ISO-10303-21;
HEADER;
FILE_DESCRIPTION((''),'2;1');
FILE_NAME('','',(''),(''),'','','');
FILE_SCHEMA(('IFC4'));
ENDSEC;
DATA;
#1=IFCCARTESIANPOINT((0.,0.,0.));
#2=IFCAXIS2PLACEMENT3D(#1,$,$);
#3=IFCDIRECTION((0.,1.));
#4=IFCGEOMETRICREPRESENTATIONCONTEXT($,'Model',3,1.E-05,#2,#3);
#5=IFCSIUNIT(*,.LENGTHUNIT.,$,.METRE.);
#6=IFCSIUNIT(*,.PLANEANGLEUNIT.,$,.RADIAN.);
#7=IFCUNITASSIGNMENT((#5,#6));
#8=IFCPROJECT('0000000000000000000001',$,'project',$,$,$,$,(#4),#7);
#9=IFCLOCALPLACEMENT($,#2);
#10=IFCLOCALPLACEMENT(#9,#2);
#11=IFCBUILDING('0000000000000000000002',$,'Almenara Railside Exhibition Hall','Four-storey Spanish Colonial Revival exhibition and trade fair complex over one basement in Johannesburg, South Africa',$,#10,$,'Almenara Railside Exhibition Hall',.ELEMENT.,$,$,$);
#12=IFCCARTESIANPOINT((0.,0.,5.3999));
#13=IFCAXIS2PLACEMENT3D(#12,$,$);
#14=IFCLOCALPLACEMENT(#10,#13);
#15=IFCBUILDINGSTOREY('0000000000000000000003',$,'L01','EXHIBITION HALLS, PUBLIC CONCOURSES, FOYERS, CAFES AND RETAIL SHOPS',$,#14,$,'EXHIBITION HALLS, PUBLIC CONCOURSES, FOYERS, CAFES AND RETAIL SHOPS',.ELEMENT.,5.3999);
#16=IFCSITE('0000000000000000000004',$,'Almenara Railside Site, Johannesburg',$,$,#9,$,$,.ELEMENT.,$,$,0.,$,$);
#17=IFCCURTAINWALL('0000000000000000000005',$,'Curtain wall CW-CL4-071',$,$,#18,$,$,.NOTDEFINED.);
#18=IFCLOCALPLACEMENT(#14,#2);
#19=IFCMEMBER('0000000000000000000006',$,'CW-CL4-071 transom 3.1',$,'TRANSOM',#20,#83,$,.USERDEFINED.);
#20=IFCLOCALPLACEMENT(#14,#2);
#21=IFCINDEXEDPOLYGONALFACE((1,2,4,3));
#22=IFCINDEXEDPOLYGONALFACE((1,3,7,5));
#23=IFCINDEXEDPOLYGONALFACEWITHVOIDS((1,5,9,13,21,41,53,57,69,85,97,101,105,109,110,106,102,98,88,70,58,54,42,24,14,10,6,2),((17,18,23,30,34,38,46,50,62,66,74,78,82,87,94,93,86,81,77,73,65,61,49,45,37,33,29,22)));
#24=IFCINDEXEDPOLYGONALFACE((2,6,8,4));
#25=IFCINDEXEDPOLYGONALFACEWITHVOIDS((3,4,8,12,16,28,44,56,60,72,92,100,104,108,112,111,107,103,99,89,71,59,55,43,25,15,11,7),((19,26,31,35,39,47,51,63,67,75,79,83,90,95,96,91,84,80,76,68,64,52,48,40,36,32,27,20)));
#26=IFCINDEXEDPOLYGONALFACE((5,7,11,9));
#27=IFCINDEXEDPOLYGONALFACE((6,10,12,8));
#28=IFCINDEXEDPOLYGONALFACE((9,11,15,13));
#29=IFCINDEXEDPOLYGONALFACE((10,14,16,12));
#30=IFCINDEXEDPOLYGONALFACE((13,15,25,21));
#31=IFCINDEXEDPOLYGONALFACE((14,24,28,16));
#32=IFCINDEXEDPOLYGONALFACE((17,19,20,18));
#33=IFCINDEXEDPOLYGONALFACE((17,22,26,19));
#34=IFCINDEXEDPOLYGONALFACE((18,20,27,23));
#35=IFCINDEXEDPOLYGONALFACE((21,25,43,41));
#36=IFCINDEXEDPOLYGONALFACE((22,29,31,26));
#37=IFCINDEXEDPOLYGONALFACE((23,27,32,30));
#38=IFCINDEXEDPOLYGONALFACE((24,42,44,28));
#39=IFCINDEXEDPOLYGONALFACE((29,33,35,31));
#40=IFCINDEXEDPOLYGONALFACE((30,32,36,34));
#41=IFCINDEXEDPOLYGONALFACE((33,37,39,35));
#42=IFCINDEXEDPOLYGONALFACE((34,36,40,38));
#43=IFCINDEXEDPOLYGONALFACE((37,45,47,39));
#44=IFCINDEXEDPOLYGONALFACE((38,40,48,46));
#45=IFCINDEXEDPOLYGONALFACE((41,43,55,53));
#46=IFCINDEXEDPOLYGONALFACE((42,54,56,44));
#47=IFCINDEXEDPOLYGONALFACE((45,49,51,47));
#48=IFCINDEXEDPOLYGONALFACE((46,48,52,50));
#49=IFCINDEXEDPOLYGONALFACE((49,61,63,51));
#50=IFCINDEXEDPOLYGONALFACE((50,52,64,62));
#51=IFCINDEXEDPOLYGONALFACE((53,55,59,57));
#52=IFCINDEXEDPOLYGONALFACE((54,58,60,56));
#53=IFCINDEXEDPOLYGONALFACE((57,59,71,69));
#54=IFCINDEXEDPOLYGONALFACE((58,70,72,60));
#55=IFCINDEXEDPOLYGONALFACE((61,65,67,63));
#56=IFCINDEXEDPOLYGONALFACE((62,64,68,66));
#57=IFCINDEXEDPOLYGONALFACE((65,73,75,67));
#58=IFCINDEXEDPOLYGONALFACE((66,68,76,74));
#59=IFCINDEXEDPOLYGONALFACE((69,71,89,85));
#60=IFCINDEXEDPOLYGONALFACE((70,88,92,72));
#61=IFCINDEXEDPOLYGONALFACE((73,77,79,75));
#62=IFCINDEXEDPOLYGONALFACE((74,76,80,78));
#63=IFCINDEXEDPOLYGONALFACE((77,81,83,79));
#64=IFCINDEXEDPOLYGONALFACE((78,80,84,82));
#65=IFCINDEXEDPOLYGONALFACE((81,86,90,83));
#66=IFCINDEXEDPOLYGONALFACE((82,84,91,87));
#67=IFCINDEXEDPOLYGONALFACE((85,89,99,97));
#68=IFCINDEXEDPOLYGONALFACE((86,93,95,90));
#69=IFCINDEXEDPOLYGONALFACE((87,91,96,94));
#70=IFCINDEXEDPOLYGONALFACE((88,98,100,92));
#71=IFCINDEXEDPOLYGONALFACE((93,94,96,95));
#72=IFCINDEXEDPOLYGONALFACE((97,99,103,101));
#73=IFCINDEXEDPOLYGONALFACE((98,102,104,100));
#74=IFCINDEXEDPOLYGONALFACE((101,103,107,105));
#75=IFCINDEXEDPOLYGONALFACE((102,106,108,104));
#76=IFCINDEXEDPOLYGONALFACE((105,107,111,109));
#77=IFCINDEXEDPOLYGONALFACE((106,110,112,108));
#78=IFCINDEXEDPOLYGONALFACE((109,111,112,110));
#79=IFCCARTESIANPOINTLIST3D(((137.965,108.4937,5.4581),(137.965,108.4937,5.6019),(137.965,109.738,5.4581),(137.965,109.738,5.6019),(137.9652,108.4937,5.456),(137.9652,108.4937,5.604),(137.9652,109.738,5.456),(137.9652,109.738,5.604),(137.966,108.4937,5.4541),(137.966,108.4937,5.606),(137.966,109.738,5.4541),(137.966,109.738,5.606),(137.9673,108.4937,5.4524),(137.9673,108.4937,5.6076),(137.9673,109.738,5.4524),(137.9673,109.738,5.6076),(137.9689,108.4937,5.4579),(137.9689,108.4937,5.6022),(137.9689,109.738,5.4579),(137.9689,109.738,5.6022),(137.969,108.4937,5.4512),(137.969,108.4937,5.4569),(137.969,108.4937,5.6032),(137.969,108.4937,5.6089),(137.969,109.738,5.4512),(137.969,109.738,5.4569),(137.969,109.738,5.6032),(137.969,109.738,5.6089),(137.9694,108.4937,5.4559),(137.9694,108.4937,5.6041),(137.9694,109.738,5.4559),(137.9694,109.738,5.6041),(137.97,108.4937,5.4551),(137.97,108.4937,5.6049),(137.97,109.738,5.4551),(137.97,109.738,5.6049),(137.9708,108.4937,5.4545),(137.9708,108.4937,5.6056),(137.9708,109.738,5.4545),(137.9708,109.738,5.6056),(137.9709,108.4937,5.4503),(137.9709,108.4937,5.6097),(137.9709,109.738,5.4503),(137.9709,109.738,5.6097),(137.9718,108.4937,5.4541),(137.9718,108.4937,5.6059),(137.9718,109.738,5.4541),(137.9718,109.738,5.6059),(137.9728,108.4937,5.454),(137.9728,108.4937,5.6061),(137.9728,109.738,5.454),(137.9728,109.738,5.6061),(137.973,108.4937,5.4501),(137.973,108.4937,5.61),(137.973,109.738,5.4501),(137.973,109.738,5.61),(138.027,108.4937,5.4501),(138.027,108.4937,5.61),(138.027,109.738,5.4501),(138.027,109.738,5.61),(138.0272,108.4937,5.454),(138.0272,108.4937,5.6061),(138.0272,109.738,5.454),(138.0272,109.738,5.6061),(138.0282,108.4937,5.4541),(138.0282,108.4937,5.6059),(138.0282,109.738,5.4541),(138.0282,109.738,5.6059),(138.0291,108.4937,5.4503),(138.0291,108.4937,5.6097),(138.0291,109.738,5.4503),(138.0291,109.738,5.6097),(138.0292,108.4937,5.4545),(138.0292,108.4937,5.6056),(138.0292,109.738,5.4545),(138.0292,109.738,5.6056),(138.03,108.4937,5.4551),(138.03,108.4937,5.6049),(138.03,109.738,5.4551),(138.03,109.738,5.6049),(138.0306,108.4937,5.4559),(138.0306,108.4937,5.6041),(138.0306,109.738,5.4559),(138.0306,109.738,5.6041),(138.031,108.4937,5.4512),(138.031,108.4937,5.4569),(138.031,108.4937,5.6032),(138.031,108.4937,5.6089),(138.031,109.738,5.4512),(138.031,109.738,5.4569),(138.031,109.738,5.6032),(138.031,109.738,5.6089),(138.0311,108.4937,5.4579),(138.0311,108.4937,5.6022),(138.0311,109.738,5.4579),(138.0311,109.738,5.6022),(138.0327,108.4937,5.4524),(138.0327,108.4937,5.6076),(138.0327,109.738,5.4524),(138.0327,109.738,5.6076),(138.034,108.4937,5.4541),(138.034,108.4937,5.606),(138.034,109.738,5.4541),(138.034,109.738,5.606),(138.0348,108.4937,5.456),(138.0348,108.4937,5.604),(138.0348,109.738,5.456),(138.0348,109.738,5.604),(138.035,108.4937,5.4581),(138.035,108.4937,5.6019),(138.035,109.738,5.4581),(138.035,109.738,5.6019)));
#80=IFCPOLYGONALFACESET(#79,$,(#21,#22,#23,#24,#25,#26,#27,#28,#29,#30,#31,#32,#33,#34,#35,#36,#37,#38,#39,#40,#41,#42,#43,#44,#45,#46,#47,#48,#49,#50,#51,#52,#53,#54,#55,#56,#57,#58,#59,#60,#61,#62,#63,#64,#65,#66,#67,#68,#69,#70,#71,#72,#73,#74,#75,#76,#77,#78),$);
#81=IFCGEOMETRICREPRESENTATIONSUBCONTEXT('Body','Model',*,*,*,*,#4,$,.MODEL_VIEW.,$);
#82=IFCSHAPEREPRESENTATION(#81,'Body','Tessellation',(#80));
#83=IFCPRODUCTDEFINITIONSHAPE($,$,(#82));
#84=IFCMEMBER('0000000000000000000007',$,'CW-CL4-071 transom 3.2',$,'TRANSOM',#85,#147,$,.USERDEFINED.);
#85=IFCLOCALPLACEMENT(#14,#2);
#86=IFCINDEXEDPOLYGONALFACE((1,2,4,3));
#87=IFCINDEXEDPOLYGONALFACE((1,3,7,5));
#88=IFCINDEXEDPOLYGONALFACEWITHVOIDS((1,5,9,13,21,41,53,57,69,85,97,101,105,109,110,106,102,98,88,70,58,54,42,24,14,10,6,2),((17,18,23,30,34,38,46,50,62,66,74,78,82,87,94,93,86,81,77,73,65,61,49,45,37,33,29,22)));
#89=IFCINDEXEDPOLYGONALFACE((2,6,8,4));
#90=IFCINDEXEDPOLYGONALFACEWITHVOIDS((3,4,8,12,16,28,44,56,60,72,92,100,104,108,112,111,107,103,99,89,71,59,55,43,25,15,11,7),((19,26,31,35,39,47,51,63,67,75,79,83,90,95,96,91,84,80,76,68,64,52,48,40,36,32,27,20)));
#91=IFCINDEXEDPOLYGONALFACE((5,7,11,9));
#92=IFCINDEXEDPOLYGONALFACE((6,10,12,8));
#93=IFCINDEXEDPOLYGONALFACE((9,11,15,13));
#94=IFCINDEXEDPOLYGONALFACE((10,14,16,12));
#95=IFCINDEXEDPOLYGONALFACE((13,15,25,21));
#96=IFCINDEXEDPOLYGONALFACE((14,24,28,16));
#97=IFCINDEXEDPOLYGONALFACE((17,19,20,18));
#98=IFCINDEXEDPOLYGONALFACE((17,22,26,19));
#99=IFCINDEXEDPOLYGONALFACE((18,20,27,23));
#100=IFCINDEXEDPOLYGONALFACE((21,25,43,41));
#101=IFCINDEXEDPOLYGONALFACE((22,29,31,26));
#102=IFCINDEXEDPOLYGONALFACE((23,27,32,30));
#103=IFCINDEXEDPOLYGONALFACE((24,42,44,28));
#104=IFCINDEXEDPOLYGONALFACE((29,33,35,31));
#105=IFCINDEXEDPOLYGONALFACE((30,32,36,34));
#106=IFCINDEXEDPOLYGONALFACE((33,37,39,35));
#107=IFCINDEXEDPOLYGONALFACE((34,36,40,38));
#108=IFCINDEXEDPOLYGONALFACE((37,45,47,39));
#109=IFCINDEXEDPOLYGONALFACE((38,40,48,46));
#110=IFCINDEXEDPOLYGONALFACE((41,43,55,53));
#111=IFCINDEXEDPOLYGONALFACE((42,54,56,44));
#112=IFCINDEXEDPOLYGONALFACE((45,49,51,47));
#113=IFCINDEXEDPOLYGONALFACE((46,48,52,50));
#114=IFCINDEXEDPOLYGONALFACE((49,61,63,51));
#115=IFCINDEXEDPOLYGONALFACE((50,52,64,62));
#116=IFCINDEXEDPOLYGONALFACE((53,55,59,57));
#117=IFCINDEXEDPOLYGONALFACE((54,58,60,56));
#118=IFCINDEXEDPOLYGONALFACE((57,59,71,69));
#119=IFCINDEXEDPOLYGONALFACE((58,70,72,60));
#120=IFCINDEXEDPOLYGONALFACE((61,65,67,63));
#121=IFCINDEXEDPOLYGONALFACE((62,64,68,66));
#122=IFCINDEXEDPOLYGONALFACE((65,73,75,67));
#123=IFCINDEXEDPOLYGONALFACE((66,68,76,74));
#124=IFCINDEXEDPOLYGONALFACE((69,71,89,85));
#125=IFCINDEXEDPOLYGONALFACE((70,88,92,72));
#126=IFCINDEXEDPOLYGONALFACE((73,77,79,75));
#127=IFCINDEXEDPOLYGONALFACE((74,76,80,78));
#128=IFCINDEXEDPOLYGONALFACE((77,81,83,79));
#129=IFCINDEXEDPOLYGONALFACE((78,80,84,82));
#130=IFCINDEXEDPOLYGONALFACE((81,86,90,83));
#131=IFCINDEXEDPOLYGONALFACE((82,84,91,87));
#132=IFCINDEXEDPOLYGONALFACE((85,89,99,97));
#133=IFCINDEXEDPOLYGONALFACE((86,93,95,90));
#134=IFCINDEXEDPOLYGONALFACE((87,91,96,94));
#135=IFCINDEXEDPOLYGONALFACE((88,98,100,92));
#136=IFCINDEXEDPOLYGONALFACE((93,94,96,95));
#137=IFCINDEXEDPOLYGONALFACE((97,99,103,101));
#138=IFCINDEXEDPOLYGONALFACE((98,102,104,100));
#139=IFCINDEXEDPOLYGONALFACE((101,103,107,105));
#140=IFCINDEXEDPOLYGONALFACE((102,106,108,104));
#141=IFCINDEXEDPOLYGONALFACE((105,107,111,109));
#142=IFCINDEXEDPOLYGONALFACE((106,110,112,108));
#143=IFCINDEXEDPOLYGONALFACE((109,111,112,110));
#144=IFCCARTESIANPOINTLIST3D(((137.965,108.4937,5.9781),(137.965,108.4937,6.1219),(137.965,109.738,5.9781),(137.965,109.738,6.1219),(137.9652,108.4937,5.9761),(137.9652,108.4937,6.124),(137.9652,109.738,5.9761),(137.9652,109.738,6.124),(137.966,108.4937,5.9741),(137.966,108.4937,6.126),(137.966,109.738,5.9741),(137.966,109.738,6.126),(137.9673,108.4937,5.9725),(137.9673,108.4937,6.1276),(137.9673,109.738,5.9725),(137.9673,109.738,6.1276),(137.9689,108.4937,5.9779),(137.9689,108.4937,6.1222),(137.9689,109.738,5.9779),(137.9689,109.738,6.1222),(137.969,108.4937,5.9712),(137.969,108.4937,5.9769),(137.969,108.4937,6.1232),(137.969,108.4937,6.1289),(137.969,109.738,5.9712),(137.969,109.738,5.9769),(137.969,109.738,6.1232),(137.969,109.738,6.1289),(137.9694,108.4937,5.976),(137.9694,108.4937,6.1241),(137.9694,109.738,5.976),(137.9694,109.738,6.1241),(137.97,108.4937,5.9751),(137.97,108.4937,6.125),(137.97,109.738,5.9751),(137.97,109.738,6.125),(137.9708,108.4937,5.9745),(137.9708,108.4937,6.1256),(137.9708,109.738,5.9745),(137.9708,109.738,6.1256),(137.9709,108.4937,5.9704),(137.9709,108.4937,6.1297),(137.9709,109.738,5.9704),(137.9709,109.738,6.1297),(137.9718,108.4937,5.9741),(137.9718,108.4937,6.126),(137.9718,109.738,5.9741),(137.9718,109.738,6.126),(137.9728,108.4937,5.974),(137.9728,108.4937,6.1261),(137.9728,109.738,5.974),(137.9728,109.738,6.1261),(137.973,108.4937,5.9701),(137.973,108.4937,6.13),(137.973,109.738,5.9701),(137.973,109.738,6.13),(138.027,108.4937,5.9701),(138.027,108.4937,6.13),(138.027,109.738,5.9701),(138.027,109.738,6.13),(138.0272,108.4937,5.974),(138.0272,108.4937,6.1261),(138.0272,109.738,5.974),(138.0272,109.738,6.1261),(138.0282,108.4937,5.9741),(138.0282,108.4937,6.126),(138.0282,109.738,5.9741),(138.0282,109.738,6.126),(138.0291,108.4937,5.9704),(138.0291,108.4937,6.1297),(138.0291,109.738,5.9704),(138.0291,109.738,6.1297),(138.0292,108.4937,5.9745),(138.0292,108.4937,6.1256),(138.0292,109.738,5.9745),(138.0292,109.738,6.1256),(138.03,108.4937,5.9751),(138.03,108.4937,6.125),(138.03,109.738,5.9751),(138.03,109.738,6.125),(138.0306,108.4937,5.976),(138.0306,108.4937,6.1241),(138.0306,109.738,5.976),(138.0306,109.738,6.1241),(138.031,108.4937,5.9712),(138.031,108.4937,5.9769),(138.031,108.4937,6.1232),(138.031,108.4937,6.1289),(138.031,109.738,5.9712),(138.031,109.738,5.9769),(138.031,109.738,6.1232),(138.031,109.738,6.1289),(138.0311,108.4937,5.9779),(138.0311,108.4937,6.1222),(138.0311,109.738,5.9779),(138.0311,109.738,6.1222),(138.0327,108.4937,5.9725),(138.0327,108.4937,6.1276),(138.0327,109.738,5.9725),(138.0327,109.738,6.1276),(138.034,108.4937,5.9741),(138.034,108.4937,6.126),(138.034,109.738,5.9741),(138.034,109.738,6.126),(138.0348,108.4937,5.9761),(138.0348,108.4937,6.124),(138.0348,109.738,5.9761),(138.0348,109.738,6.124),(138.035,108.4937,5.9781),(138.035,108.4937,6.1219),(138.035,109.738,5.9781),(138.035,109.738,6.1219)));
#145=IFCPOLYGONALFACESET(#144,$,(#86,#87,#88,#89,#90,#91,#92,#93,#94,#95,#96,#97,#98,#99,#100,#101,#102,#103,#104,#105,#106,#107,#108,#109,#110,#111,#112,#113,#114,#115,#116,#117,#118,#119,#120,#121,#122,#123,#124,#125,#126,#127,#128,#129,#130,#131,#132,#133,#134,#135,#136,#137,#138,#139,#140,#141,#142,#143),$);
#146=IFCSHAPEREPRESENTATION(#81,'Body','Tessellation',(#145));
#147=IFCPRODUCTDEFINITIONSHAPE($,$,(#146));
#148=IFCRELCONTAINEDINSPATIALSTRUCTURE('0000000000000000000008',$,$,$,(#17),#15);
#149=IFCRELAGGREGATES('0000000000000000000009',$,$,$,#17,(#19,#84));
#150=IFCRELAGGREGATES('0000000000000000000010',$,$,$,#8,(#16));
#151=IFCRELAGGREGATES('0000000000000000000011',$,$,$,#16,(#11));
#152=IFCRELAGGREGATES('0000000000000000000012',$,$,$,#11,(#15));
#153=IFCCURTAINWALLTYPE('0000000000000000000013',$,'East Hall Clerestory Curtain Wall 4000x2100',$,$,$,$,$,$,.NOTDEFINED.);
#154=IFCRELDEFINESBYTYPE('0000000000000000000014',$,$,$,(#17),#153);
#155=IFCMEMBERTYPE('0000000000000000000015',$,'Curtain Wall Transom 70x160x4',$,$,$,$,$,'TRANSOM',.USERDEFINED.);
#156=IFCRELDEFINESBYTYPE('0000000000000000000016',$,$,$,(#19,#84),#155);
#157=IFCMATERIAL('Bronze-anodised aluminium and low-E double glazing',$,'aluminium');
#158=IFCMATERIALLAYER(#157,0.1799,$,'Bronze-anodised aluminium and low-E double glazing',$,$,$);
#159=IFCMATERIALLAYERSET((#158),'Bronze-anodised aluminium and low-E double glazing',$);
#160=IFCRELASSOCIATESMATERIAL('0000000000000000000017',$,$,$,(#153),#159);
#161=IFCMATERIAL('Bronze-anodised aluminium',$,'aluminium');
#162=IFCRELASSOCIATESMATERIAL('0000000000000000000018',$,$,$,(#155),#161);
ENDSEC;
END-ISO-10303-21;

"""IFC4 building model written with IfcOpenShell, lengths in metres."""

from ifc_helpers import new_model, si_unit, direction, frame, origin, origin_2d, place, context, subcontext, project, spatial, hollow_rectangle, extrude, material, layer, layer_set, material_profile, profile_set, type_object, element, aggregate, save


model = new_model("IFC4")

# Units and contexts
model_context = context("Model", 3, precision=1e-05, world=origin(), true_north=direction((0.0, 1.0)))
body_context = subcontext(model_context, "Body", "Model", "MODEL_VIEW")
ifc_project = project(units=[si_unit("LENGTHUNIT", "METRE"), si_unit("PLANEANGLEUNIT", "RADIAN")], contexts=[model_context])

# Site, building, storey
site_placement = place(None, origin())
site = spatial("IfcSite", under=ifc_project, at=site_placement, Name="Almenara Railside Site, Johannesburg", CompositionType="ELEMENT", RefElevation=0.0)
building_placement = place(site_placement, origin())
building = spatial("IfcBuilding", under=site, at=building_placement, Name="Almenara Railside Exhibition Hall", Description="Four-storey Spanish Colonial Revival exhibition and trade fair complex over one basement in Johannesburg, South Africa", LongName="Almenara Railside Exhibition Hall", CompositionType="ELEMENT")
storey_placement = place(building_placement, frame((0.0, 0.0, 5.3999)))
storey = spatial("IfcBuildingStorey", under=building, at=storey_placement, Name="L01", Description="EXHIBITION HALLS, PUBLIC CONCOURSES, FOYERS, CAFES AND RETAIL SHOPS", LongName="EXHIBITION HALLS, PUBLIC CONCOURSES, FOYERS, CAFES AND RETAIL SHOPS", CompositionType="ELEMENT", Elevation=5.3999)

# Curtain wall
ifc_material_1 = material(Name="Bronze-anodised aluminium and low-E double glazing", Category="aluminium")
ifc_layer_1 = layer(ifc_material_1, 0.1799, Name="Bronze-anodised aluminium and low-E double glazing")
ifc_layer_set_1 = layer_set([ifc_layer_1], Name="Bronze-anodised aluminium and low-E double glazing")
curtain_wall_type_1 = type_object("IfcCurtainWallType", Name="East Hall Clerestory Curtain Wall 4000x2100", PredefinedType="NOTDEFINED", material=ifc_layer_set_1)
curtain_wall_1_placement = place(storey_placement, origin())
curtain_wall_1 = element("IfcCurtainWall", 1, at=curtain_wall_1_placement, inside=storey, type_object=curtain_wall_type_1, Name="Curtain wall CW-CL4-071", PredefinedType="NOTDEFINED")
ifc_material_2 = material(Name="Bronze-anodised aluminium", Category="aluminium")

# Members
ifc_material_profile_1 = material_profile(ifc_material_2, hollow_rectangle(XDim=0.0701, YDim=0.1599, WallThickness=0.0039, InnerFilletRadius=0.0039, OuterFilletRadius=0.0081, at=origin_2d()), Name="ALU-TRN 70x160x4")
ifc_profile_set_1 = profile_set([ifc_material_profile_1], Name="Bronze-anodised aluminium")
member_type_1 = type_object("IfcMemberType", Name="Curtain Wall Transom 70x160x4", ElementType="TRANSOM", PredefinedType="USERDEFINED", material=ifc_profile_set_1)
member_1_placement = place(storey_placement, frame((138.0, 108.4937, 5.53), z_axis=(0.0, 1.0, 0.0), x_axis=(-1.0, 0.0, 0.0)))
member_1 = element("IfcMember", 2, at=member_1_placement, type_object=member_type_1, Name="CW-CL4-071 transom 3.1", ObjectType="TRANSOM", PredefinedType="USERDEFINED", context=body_context, shape_type="SweptSolid", body=[
    extrude(hollow_rectangle(XDim=0.0701, YDim=0.1599, WallThickness=0.0039, InnerFilletRadius=0.0039, OuterFilletRadius=0.0081, at=origin_2d()), origin(), (0.0, 0.0, 1.0), 1.2444),
])
member_2_placement = place(storey_placement, frame((138.0, 108.4937, 6.05), z_axis=(0.0, 1.0, 0.0), x_axis=(-1.0, 0.0, 0.0)))
member_2 = element("IfcMember", 3, at=member_2_placement, type_object=member_type_1, Name="CW-CL4-071 transom 3.2", ObjectType="TRANSOM", PredefinedType="USERDEFINED", context=body_context, shape_type="SweptSolid", body=[
    extrude(hollow_rectangle(XDim=0.0701, YDim=0.1599, WallThickness=0.0039, InnerFilletRadius=0.0039, OuterFilletRadius=0.0081, at=origin_2d()), origin(), (0.0, 0.0, 1.0), 1.2444),
])

aggregate(curtain_wall_1, [member_1, member_2])

save(model, "model.ifc")
